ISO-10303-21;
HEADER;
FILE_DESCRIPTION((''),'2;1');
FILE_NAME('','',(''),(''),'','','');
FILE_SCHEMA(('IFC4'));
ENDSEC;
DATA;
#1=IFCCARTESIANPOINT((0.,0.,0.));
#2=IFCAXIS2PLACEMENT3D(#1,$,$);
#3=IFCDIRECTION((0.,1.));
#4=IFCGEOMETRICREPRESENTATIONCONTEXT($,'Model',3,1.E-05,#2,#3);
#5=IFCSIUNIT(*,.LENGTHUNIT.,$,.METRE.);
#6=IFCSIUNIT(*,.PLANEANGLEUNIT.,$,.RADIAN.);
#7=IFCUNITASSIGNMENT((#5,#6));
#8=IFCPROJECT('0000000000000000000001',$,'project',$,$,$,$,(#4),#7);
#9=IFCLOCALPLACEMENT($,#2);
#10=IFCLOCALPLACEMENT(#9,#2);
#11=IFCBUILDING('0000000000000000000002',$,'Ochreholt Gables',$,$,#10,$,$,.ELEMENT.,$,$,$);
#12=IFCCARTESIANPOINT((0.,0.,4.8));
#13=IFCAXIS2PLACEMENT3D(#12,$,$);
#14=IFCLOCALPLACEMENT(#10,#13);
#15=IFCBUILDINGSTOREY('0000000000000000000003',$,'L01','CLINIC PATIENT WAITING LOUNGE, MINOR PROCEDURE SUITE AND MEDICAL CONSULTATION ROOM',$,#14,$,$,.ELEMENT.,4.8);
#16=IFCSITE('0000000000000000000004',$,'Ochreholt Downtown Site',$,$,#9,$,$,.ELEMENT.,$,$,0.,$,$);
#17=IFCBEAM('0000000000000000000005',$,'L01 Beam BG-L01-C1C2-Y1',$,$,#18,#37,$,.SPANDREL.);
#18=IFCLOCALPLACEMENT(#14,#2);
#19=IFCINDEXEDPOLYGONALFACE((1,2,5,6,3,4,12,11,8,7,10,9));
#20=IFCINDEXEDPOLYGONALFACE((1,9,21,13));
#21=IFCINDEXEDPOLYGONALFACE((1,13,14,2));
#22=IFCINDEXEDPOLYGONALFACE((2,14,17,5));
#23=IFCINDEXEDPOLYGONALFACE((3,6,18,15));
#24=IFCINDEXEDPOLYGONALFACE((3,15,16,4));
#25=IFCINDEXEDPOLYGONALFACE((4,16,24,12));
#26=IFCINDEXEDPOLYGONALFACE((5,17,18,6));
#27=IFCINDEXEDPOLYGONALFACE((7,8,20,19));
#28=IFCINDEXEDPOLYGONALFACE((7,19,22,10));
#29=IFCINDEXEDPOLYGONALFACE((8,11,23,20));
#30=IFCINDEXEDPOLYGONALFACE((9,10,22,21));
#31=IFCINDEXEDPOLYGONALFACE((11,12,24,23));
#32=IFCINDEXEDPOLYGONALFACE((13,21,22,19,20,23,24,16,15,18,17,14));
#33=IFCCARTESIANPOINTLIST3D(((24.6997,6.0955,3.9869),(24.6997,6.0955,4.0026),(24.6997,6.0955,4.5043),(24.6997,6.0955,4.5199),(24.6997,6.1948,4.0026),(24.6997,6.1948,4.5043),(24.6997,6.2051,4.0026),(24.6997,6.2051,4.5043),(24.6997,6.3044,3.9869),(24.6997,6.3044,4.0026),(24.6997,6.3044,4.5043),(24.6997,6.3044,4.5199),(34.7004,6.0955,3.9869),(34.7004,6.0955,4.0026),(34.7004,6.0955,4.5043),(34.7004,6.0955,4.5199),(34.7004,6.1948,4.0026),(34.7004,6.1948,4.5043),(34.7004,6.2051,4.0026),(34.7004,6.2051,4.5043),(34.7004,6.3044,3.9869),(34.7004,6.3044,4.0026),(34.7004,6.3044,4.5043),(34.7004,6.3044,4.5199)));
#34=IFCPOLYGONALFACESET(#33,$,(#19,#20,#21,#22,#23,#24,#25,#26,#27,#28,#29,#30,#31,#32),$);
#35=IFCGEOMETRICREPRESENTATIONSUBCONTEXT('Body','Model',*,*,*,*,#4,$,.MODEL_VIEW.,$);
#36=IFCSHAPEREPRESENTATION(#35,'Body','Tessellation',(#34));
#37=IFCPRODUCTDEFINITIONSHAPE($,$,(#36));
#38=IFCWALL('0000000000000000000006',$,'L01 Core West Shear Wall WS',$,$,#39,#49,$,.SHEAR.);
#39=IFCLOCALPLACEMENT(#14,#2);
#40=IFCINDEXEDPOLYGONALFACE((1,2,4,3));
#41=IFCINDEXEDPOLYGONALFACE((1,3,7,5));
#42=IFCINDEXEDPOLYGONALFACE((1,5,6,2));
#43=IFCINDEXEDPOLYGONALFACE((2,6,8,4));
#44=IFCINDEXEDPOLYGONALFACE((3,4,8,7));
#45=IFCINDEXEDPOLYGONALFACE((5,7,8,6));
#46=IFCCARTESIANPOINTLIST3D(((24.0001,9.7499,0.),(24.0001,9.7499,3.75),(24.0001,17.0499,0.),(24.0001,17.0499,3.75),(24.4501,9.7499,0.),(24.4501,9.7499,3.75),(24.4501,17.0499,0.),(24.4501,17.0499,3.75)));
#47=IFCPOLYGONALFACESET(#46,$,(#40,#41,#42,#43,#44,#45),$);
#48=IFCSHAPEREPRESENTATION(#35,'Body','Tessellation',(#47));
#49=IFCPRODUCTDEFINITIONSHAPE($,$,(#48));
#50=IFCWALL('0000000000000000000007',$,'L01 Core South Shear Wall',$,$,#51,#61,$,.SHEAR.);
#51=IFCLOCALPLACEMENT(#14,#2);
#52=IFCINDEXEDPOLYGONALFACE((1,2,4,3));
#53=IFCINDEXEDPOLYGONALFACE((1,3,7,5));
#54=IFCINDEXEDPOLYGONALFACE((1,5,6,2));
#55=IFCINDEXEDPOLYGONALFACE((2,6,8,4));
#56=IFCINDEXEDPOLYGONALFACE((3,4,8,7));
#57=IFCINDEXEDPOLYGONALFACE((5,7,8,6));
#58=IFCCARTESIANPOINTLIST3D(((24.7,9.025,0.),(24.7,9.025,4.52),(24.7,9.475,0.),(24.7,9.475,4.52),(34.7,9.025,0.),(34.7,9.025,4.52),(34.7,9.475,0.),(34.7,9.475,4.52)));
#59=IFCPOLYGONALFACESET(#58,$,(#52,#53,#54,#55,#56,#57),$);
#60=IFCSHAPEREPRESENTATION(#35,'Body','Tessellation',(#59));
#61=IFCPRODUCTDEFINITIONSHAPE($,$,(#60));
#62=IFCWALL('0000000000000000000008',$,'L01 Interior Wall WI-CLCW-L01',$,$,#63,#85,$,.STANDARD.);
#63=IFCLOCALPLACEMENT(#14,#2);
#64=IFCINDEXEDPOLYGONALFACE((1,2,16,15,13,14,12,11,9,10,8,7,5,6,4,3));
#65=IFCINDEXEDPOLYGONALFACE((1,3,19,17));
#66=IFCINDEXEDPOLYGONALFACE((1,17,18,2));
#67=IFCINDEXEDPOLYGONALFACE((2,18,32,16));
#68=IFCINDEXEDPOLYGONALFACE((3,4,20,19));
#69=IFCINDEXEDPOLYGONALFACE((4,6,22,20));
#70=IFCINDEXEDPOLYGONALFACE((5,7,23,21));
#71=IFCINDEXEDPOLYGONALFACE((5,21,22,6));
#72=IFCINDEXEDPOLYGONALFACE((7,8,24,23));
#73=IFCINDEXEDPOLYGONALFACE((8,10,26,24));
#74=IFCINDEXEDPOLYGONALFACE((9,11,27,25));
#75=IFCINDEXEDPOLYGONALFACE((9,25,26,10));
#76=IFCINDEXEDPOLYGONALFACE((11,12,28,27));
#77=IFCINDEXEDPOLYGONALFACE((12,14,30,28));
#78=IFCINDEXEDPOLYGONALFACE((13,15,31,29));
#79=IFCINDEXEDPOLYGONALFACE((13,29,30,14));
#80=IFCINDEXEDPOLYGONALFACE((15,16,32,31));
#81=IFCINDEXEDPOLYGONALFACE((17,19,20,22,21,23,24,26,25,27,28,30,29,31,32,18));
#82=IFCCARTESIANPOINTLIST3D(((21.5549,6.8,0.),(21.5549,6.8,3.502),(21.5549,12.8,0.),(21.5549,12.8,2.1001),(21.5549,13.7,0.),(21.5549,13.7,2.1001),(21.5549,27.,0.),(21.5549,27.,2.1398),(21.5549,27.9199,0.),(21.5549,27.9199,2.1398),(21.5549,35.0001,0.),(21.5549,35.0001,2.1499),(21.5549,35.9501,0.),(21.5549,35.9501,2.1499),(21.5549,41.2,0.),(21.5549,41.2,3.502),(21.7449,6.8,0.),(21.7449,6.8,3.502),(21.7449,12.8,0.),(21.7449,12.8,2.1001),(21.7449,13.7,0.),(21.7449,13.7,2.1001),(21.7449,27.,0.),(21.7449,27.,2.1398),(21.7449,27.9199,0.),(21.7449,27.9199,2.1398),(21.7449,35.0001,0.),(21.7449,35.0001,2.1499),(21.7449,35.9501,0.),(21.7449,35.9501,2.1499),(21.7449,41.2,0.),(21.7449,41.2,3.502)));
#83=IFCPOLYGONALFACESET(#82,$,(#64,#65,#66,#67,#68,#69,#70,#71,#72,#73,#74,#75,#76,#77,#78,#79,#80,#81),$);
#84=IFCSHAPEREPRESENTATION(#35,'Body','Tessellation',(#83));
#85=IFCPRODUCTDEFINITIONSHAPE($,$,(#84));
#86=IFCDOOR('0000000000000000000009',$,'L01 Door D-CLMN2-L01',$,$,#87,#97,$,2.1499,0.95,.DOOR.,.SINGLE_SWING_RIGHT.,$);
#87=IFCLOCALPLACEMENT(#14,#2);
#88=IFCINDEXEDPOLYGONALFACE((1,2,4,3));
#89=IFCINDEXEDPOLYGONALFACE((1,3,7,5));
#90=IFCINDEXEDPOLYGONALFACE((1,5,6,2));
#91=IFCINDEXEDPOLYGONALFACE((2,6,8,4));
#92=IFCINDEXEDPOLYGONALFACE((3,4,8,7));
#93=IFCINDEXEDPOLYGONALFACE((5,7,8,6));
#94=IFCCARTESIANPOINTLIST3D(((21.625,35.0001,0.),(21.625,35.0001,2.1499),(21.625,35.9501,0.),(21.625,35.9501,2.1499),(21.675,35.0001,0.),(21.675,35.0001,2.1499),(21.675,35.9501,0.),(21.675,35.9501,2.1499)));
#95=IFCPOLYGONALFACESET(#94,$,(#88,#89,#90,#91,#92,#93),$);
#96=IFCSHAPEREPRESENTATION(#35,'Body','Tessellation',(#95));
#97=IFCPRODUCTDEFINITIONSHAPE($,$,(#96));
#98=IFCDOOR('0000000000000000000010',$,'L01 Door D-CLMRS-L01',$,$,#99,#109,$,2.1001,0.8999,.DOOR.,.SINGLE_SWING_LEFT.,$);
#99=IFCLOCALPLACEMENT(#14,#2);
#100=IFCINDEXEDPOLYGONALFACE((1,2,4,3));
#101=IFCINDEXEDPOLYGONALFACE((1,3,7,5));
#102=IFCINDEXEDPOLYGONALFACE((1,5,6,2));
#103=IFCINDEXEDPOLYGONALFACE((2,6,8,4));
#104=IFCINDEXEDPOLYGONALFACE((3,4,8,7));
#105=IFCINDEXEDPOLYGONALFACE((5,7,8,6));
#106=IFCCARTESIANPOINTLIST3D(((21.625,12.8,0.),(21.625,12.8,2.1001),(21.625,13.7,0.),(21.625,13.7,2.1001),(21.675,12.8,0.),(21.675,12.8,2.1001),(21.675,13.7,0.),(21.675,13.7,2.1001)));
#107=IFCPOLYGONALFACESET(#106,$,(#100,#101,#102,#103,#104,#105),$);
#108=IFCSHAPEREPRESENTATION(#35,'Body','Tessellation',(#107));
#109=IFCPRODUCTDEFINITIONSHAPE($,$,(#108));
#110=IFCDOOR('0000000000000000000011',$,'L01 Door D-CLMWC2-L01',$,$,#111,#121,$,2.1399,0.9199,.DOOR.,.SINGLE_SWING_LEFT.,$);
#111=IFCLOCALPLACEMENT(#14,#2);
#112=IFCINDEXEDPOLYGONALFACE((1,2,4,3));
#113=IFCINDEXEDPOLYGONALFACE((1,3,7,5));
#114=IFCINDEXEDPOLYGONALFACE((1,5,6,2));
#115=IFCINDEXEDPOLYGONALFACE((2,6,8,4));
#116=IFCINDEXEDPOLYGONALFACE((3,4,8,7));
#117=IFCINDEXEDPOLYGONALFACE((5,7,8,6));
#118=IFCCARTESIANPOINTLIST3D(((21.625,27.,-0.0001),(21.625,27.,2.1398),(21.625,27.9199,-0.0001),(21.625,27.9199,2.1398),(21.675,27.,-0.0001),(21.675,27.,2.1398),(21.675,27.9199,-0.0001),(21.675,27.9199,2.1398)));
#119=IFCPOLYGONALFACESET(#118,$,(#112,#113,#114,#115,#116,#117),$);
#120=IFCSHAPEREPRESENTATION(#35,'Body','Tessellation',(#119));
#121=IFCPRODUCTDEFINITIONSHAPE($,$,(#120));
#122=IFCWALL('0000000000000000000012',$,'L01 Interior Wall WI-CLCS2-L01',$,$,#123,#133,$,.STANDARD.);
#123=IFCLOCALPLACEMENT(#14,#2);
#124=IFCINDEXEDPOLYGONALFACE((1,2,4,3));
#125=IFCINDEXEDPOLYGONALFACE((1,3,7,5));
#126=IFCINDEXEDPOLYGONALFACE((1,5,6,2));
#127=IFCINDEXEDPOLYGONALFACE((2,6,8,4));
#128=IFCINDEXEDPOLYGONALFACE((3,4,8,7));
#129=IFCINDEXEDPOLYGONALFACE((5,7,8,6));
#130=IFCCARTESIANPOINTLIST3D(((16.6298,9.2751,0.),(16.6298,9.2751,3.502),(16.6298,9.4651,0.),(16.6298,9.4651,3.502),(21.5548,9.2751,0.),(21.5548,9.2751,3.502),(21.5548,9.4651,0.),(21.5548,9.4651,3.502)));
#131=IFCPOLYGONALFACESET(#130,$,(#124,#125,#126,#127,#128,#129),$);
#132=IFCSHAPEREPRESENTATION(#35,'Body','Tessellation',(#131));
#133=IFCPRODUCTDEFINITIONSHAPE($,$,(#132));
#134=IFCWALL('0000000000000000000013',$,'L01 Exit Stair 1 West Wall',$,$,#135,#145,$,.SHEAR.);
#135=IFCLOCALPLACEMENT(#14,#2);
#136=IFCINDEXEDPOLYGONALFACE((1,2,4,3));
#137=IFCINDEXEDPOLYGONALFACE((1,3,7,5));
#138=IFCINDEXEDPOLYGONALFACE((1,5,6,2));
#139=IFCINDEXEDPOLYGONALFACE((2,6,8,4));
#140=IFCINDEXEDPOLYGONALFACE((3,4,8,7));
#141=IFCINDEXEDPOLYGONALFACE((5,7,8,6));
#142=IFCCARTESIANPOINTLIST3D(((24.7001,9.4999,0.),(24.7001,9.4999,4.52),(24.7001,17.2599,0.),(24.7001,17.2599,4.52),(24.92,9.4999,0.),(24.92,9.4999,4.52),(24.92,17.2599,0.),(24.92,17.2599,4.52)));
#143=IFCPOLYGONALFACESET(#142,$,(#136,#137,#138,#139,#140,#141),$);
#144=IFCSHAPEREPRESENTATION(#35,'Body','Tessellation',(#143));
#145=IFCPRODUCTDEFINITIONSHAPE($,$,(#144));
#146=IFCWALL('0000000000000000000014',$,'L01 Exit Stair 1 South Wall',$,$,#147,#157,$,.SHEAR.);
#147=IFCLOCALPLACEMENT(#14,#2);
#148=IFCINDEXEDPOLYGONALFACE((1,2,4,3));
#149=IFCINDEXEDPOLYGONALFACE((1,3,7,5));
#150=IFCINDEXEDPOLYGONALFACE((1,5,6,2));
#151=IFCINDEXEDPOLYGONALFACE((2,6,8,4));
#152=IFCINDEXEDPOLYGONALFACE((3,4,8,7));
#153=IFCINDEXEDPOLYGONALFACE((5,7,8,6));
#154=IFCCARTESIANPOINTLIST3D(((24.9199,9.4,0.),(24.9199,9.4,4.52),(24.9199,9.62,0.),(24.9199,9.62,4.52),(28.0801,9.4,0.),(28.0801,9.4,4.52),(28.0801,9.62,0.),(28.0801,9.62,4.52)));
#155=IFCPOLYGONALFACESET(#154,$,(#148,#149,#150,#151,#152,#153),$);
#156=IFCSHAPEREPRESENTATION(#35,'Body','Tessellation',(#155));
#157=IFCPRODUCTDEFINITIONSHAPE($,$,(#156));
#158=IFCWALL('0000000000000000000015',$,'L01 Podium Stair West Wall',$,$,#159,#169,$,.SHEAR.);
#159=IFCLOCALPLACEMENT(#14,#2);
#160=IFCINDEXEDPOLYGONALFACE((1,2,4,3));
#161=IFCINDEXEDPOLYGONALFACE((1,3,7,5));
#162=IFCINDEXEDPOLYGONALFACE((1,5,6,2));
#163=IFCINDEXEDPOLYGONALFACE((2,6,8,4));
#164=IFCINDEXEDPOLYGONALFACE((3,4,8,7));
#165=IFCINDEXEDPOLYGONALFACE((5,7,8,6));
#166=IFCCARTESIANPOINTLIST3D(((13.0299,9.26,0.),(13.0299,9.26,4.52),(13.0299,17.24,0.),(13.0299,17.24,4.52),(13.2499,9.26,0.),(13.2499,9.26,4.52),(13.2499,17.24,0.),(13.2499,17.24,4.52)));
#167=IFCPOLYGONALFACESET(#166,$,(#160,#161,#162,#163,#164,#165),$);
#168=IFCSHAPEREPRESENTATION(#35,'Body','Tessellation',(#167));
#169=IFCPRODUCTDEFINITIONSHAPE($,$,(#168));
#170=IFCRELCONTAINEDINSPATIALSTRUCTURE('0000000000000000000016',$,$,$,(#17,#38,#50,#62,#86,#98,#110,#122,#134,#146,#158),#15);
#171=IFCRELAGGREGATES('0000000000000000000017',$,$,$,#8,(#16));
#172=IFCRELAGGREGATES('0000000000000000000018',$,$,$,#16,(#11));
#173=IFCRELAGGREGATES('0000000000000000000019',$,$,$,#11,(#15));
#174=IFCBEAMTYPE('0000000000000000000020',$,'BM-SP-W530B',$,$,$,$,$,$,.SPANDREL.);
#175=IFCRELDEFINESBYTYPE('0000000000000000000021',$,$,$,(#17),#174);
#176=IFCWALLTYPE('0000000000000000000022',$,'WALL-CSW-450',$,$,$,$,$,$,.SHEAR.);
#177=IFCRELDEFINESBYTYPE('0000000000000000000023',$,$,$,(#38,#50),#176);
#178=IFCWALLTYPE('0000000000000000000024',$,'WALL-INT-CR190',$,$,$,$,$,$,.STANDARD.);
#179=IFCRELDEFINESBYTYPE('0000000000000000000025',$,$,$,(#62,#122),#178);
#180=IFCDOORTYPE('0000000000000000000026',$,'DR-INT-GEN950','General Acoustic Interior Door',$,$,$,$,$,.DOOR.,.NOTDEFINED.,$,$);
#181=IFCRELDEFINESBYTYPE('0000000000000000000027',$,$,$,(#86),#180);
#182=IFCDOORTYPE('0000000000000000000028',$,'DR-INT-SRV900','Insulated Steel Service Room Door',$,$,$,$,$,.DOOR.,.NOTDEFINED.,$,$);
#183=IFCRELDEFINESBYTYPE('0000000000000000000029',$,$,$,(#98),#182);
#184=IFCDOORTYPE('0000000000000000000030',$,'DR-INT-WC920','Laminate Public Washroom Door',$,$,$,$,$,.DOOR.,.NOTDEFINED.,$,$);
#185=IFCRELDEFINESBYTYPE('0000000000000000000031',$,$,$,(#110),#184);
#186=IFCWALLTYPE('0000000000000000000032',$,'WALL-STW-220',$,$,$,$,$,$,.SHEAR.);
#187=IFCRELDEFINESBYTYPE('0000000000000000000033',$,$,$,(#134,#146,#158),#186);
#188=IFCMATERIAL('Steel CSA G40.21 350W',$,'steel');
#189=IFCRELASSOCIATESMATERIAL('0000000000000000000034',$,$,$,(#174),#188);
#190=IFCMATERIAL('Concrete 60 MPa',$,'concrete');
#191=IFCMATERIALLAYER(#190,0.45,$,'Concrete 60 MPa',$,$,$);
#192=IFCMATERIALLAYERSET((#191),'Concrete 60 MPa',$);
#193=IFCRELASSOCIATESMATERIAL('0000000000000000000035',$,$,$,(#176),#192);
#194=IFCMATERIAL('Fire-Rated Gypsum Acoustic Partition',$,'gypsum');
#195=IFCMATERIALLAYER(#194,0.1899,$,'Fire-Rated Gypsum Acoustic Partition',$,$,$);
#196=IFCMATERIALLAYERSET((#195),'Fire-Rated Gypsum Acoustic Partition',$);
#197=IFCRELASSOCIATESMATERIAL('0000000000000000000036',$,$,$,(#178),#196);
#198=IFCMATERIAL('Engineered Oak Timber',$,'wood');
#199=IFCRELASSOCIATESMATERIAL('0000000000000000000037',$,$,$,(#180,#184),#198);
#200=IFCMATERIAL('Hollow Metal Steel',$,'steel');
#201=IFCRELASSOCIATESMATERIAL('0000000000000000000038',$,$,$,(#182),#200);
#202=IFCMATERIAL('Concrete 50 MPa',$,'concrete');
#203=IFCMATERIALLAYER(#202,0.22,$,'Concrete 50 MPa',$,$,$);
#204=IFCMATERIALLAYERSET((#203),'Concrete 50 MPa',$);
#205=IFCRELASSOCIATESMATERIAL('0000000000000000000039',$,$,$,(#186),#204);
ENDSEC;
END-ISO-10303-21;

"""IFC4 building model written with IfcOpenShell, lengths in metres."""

from ifc_helpers import new_model, si_unit, direction, frame, frame_2d, origin, origin_2d, place, context, subcontext, project, spatial, rectangle, i_section, extrude, material, layer, layer_set, material_profile, profile_set, type_object, element, fill, save


model = new_model("IFC4")

# Units and contexts
model_context = context("Model", 3, precision=1e-05, world=origin(), true_north=direction((0.0, 1.0)))
body_context = subcontext(model_context, "Body", "Model", "MODEL_VIEW")
ifc_project = project(units=[si_unit("LENGTHUNIT", "METRE"), si_unit("PLANEANGLEUNIT", "RADIAN")], contexts=[model_context])

# Site, building, storey
site_placement = place(None, origin())
site = spatial("IfcSite", under=ifc_project, at=site_placement, Name="Ochreholt Downtown Site", CompositionType="ELEMENT", RefElevation=0.0)
building_placement = place(site_placement, origin())
building = spatial("IfcBuilding", under=site, at=building_placement, Name="Ochreholt Gables", CompositionType="ELEMENT")
storey_placement = place(building_placement, frame((0.0, 0.0, 4.8)))
storey = spatial("IfcBuildingStorey", under=building, at=storey_placement, Name="L01", Description="CLINIC PATIENT WAITING LOUNGE, MINOR PROCEDURE SUITE AND MEDICAL CONSULTATION ROOM", CompositionType="ELEMENT", Elevation=4.8)

# Shared definitions
ifc_material_1 = material(Name="Concrete 60 MPa", Category="concrete")

# Beam
ifc_material_2 = material(Name="Steel CSA G40.21 350W", Category="steel")
ifc_material_profile_1 = material_profile(ifc_material_2, i_section(OverallWidth=0.209, OverallDepth=0.533, WebThickness=0.0103, FlangeThickness=0.0156, at=origin_2d()), Name="W530X92")
ifc_profile_set_1 = profile_set([ifc_material_profile_1], Name="Steel CSA G40.21 350W")
beam_type_1 = type_object("IfcBeamType", Name="BM-SP-W530B", PredefinedType="SPANDREL", material=ifc_profile_set_1)
beam_1_placement = place(storey_placement, frame((24.6997, 6.2, 4.2534), z_axis=(1.0, 0.0, 0.0), x_axis=(0.0, 1.0, 0.0)))
element("IfcBeam", 1, at=beam_1_placement, inside=storey, type_object=beam_type_1, Name="L01 Beam BG-L01-C1C2-Y1", PredefinedType="SPANDREL", context=body_context, shape_type="SweptSolid", body=[
    extrude(i_section(OverallWidth=0.209, OverallDepth=0.533, WebThickness=0.0103, FlangeThickness=0.0156, at=origin_2d()), origin(), (0.0, 0.0, 1.0), 10.0007),
])

# Walls
ifc_layer_1 = layer(ifc_material_1, 0.45, Name="Concrete 60 MPa")
ifc_layer_set_1 = layer_set([ifc_layer_1], Name="Concrete 60 MPa")
wall_type_1 = type_object("IfcWallType", Name="WALL-CSW-450", PredefinedType="SHEAR", material=ifc_layer_set_1)
wall_1_placement = place(storey_placement, frame((24.2251, 9.75, 0.0), z_axis=(0.0, 0.0, 1.0), x_axis=(0.0, 1.0, 0.0)))
element("IfcWall", 2, at=wall_1_placement, inside=storey, type_object=wall_type_1, Name="L01 Core West Shear Wall WS", PredefinedType="SHEAR", context=body_context, shape_type="SweptSolid", body=[
    extrude(rectangle(XDim=7.3, YDim=0.45, at=frame_2d((3.6499, 0.0))), origin(), (0.0, 0.0, 1.0), 3.75),
])
wall_2_placement = place(storey_placement, frame((24.7, 9.25, 0.0), z_axis=(0.0, 0.0, 1.0), x_axis=(1.0, 0.0, 0.0)))
element("IfcWall", 3, at=wall_2_placement, inside=storey, type_object=wall_type_1, Name="L01 Core South Shear Wall", PredefinedType="SHEAR", context=body_context, shape_type="SweptSolid", body=[
    extrude(rectangle(XDim=10.0, YDim=0.45, at=frame_2d((5.0, 0.0))), origin(), (0.0, 0.0, 1.0), 4.52),
])

# Wall, openings, doors
ifc_material_3 = material(Name="Fire-Rated Gypsum Acoustic Partition", Category="gypsum")
ifc_layer_2 = layer(ifc_material_3, 0.1899, Name="Fire-Rated Gypsum Acoustic Partition")
ifc_layer_set_2 = layer_set([ifc_layer_2], Name="Fire-Rated Gypsum Acoustic Partition")
wall_type_2 = type_object("IfcWallType", Name="WALL-INT-CR190", PredefinedType="STANDARD", material=ifc_layer_set_2)
wall_3_placement = place(storey_placement, frame((21.6499, 6.8, 0.0), z_axis=(0.0, 0.0, 1.0), x_axis=(0.0, 1.0, 0.0)))
wall_3 = element("IfcWall", 4, at=wall_3_placement, inside=storey, type_object=wall_type_2, Name="L01 Interior Wall WI-CLCW-L01", PredefinedType="STANDARD", context=body_context, shape_type="SweptSolid", body=[
    extrude(rectangle(XDim=34.3999, YDim=0.1899, at=frame_2d((17.2, 0.0))), origin(), (0.0, 0.0, 1.0), 3.502),
])
opening_1_placement = place(wall_3_placement, frame((20.2, 0.0, 0.0)))
opening_1 = element("IfcOpeningElement", 5, at=opening_1_placement, cuts=wall_3, PredefinedType="OPENING", context=body_context, shape_type="SweptSolid", body=[
    extrude(rectangle(XDim=0.9199, YDim=2.1399, at=frame_2d((0.46, 1.0698))), frame((0.0, 0.105, 0.0), z_axis=(0.0, -1.0, 0.0), x_axis=(1.0, 0.0, 0.0)), (0.0, 0.0, 1.0), 0.21),
])
opening_2_placement = place(wall_3_placement, frame((28.2, 0.0, 0.0)))
opening_2 = element("IfcOpeningElement", 6, at=opening_2_placement, cuts=wall_3, PredefinedType="OPENING", context=body_context, shape_type="SweptSolid", body=[
    extrude(rectangle(XDim=0.95, YDim=2.1499, at=frame_2d((0.4751, 1.075))), frame((0.0, 0.105, 0.0), z_axis=(0.0, -1.0, 0.0), x_axis=(1.0, 0.0, 0.0)), (0.0, 0.0, 1.0), 0.21),
])
opening_3_placement = place(wall_3_placement, frame((6.0, 0.0, 0.0)))
opening_3 = element("IfcOpeningElement", 7, at=opening_3_placement, cuts=wall_3, PredefinedType="OPENING", context=body_context, shape_type="SweptSolid", body=[
    extrude(rectangle(XDim=0.8999, YDim=2.1001, at=frame_2d((0.45, 1.05))), frame((0.0, 0.105, 0.0), z_axis=(0.0, -1.0, 0.0), x_axis=(1.0, 0.0, 0.0)), (0.0, 0.0, 1.0), 0.21),
])
ifc_material_4 = material(Name="Engineered Oak Timber", Category="wood")
door_type_1 = type_object("IfcDoorType", Name="DR-INT-GEN950", Description="General Acoustic Interior Door", OperationType="NOTDEFINED", PredefinedType="DOOR", material=ifc_material_4)
door_1_placement = place(opening_2_placement, origin())
door_1 = element("IfcDoor", 8, at=door_1_placement, inside=storey, type_object=door_type_1, Name="L01 Door D-CLMN2-L01", OperationType="SINGLE_SWING_RIGHT", OverallHeight=2.1499, OverallWidth=0.95, PredefinedType="DOOR", context=body_context, shape_type="SweptSolid", body=[
    extrude(rectangle(XDim=0.95, YDim=2.1499, at=frame_2d((0.4751, 1.075))), frame((0.0, 0.0249, 0.0), z_axis=(0.0, -1.0, 0.0), x_axis=(1.0, 0.0, 0.0)), (0.0, 0.0, 1.0), 0.05),
])
fill(opening_2, door_1)
ifc_material_5 = material(Name="Hollow Metal Steel", Category="steel")
door_type_2 = type_object("IfcDoorType", Name="DR-INT-SRV900", Description="Insulated Steel Service Room Door", OperationType="NOTDEFINED", PredefinedType="DOOR", material=ifc_material_5)
door_2_placement = place(opening_3_placement, origin())
door_2 = element("IfcDoor", 9, at=door_2_placement, inside=storey, type_object=door_type_2, Name="L01 Door D-CLMRS-L01", OperationType="SINGLE_SWING_LEFT", OverallHeight=2.1001, OverallWidth=0.8999, PredefinedType="DOOR", context=body_context, shape_type="SweptSolid", body=[
    extrude(rectangle(XDim=0.8999, YDim=2.1001, at=frame_2d((0.45, 1.05))), frame((0.0, 0.0249, 0.0), z_axis=(0.0, -1.0, 0.0), x_axis=(1.0, 0.0, 0.0)), (0.0, 0.0, 1.0), 0.05),
])
fill(opening_3, door_2)
door_type_3 = type_object("IfcDoorType", Name="DR-INT-WC920", Description="Laminate Public Washroom Door", OperationType="NOTDEFINED", PredefinedType="DOOR", material=ifc_material_4)
door_3_placement = place(opening_1_placement, origin())
door_3 = element("IfcDoor", 10, at=door_3_placement, inside=storey, type_object=door_type_3, Name="L01 Door D-CLMWC2-L01", OperationType="SINGLE_SWING_LEFT", OverallHeight=2.1399, OverallWidth=0.9199, PredefinedType="DOOR", context=body_context, shape_type="SweptSolid", body=[
    extrude(rectangle(XDim=0.9199, YDim=2.1399, at=frame_2d((0.46, 1.0698))), frame((0.0, 0.0249, 0.0), z_axis=(0.0, -1.0, 0.0), x_axis=(1.0, 0.0, 0.0)), (0.0, 0.0, 1.0), 0.05),
])
fill(opening_1, door_3)

# Walls
wall_4_placement = place(storey_placement, frame((16.6299, 9.3701, 0.0), z_axis=(0.0, 0.0, 1.0), x_axis=(1.0, 0.0, 0.0)))
element("IfcWall", 11, at=wall_4_placement, inside=storey, type_object=wall_type_2, Name="L01 Interior Wall WI-CLCS2-L01", PredefinedType="STANDARD", context=body_context, shape_type="SweptSolid", body=[
    extrude(rectangle(XDim=4.925, YDim=0.1899, at=frame_2d((2.4624, 0.0))), origin(), (0.0, 0.0, 1.0), 3.502),
])
ifc_material_6 = material(Name="Concrete 50 MPa", Category="concrete")
ifc_layer_3 = layer(ifc_material_6, 0.22, Name="Concrete 50 MPa")
ifc_layer_set_3 = layer_set([ifc_layer_3], Name="Concrete 50 MPa")
wall_type_3 = type_object("IfcWallType", Name="WALL-STW-220", PredefinedType="SHEAR", material=ifc_layer_set_3)
wall_5_placement = place(storey_placement, frame((24.8101, 9.5, 0.0), z_axis=(0.0, 0.0, 1.0), x_axis=(0.0, 1.0, 0.0)))
element("IfcWall", 12, at=wall_5_placement, inside=storey, type_object=wall_type_3, Name="L01 Exit Stair 1 West Wall", PredefinedType="SHEAR", context=body_context, shape_type="SweptSolid", body=[
    extrude(rectangle(XDim=7.76, YDim=0.22, at=frame_2d((3.8799, 0.0))), origin(), (0.0, 0.0, 1.0), 4.52),
])
wall_6_placement = place(storey_placement, frame((24.9199, 9.51, 0.0), z_axis=(0.0, 0.0, 1.0), x_axis=(1.0, 0.0, 0.0)))
element("IfcWall", 13, at=wall_6_placement, inside=storey, type_object=wall_type_3, Name="L01 Exit Stair 1 South Wall", PredefinedType="SHEAR", context=body_context, shape_type="SweptSolid", body=[
    extrude(rectangle(XDim=3.1602, YDim=0.22, at=frame_2d((1.5801, 0.0))), origin(), (0.0, 0.0, 1.0), 4.52),
])
for number, where, z_axis, x_axis, name in (
    (14, (13.1399, 9.26, 0.0), (0.0, 0.0, 1.0), (0.0, 1.0, 0.0), "L01 Podium Stair West Wall"),
):
    element("IfcWall", number, at=place(storey_placement, frame(where, z_axis=z_axis, x_axis=x_axis)), inside=storey, type_object=wall_type_3, Name=name, PredefinedType="SHEAR", context=body_context, shape_type="SweptSolid", body=[
        extrude(rectangle(XDim=7.98, YDim=0.22, at=frame_2d((3.99, 0.0))), origin(), (0.0, 0.0, 1.0), 4.52),
    ])

save(model, "model.ifc")
